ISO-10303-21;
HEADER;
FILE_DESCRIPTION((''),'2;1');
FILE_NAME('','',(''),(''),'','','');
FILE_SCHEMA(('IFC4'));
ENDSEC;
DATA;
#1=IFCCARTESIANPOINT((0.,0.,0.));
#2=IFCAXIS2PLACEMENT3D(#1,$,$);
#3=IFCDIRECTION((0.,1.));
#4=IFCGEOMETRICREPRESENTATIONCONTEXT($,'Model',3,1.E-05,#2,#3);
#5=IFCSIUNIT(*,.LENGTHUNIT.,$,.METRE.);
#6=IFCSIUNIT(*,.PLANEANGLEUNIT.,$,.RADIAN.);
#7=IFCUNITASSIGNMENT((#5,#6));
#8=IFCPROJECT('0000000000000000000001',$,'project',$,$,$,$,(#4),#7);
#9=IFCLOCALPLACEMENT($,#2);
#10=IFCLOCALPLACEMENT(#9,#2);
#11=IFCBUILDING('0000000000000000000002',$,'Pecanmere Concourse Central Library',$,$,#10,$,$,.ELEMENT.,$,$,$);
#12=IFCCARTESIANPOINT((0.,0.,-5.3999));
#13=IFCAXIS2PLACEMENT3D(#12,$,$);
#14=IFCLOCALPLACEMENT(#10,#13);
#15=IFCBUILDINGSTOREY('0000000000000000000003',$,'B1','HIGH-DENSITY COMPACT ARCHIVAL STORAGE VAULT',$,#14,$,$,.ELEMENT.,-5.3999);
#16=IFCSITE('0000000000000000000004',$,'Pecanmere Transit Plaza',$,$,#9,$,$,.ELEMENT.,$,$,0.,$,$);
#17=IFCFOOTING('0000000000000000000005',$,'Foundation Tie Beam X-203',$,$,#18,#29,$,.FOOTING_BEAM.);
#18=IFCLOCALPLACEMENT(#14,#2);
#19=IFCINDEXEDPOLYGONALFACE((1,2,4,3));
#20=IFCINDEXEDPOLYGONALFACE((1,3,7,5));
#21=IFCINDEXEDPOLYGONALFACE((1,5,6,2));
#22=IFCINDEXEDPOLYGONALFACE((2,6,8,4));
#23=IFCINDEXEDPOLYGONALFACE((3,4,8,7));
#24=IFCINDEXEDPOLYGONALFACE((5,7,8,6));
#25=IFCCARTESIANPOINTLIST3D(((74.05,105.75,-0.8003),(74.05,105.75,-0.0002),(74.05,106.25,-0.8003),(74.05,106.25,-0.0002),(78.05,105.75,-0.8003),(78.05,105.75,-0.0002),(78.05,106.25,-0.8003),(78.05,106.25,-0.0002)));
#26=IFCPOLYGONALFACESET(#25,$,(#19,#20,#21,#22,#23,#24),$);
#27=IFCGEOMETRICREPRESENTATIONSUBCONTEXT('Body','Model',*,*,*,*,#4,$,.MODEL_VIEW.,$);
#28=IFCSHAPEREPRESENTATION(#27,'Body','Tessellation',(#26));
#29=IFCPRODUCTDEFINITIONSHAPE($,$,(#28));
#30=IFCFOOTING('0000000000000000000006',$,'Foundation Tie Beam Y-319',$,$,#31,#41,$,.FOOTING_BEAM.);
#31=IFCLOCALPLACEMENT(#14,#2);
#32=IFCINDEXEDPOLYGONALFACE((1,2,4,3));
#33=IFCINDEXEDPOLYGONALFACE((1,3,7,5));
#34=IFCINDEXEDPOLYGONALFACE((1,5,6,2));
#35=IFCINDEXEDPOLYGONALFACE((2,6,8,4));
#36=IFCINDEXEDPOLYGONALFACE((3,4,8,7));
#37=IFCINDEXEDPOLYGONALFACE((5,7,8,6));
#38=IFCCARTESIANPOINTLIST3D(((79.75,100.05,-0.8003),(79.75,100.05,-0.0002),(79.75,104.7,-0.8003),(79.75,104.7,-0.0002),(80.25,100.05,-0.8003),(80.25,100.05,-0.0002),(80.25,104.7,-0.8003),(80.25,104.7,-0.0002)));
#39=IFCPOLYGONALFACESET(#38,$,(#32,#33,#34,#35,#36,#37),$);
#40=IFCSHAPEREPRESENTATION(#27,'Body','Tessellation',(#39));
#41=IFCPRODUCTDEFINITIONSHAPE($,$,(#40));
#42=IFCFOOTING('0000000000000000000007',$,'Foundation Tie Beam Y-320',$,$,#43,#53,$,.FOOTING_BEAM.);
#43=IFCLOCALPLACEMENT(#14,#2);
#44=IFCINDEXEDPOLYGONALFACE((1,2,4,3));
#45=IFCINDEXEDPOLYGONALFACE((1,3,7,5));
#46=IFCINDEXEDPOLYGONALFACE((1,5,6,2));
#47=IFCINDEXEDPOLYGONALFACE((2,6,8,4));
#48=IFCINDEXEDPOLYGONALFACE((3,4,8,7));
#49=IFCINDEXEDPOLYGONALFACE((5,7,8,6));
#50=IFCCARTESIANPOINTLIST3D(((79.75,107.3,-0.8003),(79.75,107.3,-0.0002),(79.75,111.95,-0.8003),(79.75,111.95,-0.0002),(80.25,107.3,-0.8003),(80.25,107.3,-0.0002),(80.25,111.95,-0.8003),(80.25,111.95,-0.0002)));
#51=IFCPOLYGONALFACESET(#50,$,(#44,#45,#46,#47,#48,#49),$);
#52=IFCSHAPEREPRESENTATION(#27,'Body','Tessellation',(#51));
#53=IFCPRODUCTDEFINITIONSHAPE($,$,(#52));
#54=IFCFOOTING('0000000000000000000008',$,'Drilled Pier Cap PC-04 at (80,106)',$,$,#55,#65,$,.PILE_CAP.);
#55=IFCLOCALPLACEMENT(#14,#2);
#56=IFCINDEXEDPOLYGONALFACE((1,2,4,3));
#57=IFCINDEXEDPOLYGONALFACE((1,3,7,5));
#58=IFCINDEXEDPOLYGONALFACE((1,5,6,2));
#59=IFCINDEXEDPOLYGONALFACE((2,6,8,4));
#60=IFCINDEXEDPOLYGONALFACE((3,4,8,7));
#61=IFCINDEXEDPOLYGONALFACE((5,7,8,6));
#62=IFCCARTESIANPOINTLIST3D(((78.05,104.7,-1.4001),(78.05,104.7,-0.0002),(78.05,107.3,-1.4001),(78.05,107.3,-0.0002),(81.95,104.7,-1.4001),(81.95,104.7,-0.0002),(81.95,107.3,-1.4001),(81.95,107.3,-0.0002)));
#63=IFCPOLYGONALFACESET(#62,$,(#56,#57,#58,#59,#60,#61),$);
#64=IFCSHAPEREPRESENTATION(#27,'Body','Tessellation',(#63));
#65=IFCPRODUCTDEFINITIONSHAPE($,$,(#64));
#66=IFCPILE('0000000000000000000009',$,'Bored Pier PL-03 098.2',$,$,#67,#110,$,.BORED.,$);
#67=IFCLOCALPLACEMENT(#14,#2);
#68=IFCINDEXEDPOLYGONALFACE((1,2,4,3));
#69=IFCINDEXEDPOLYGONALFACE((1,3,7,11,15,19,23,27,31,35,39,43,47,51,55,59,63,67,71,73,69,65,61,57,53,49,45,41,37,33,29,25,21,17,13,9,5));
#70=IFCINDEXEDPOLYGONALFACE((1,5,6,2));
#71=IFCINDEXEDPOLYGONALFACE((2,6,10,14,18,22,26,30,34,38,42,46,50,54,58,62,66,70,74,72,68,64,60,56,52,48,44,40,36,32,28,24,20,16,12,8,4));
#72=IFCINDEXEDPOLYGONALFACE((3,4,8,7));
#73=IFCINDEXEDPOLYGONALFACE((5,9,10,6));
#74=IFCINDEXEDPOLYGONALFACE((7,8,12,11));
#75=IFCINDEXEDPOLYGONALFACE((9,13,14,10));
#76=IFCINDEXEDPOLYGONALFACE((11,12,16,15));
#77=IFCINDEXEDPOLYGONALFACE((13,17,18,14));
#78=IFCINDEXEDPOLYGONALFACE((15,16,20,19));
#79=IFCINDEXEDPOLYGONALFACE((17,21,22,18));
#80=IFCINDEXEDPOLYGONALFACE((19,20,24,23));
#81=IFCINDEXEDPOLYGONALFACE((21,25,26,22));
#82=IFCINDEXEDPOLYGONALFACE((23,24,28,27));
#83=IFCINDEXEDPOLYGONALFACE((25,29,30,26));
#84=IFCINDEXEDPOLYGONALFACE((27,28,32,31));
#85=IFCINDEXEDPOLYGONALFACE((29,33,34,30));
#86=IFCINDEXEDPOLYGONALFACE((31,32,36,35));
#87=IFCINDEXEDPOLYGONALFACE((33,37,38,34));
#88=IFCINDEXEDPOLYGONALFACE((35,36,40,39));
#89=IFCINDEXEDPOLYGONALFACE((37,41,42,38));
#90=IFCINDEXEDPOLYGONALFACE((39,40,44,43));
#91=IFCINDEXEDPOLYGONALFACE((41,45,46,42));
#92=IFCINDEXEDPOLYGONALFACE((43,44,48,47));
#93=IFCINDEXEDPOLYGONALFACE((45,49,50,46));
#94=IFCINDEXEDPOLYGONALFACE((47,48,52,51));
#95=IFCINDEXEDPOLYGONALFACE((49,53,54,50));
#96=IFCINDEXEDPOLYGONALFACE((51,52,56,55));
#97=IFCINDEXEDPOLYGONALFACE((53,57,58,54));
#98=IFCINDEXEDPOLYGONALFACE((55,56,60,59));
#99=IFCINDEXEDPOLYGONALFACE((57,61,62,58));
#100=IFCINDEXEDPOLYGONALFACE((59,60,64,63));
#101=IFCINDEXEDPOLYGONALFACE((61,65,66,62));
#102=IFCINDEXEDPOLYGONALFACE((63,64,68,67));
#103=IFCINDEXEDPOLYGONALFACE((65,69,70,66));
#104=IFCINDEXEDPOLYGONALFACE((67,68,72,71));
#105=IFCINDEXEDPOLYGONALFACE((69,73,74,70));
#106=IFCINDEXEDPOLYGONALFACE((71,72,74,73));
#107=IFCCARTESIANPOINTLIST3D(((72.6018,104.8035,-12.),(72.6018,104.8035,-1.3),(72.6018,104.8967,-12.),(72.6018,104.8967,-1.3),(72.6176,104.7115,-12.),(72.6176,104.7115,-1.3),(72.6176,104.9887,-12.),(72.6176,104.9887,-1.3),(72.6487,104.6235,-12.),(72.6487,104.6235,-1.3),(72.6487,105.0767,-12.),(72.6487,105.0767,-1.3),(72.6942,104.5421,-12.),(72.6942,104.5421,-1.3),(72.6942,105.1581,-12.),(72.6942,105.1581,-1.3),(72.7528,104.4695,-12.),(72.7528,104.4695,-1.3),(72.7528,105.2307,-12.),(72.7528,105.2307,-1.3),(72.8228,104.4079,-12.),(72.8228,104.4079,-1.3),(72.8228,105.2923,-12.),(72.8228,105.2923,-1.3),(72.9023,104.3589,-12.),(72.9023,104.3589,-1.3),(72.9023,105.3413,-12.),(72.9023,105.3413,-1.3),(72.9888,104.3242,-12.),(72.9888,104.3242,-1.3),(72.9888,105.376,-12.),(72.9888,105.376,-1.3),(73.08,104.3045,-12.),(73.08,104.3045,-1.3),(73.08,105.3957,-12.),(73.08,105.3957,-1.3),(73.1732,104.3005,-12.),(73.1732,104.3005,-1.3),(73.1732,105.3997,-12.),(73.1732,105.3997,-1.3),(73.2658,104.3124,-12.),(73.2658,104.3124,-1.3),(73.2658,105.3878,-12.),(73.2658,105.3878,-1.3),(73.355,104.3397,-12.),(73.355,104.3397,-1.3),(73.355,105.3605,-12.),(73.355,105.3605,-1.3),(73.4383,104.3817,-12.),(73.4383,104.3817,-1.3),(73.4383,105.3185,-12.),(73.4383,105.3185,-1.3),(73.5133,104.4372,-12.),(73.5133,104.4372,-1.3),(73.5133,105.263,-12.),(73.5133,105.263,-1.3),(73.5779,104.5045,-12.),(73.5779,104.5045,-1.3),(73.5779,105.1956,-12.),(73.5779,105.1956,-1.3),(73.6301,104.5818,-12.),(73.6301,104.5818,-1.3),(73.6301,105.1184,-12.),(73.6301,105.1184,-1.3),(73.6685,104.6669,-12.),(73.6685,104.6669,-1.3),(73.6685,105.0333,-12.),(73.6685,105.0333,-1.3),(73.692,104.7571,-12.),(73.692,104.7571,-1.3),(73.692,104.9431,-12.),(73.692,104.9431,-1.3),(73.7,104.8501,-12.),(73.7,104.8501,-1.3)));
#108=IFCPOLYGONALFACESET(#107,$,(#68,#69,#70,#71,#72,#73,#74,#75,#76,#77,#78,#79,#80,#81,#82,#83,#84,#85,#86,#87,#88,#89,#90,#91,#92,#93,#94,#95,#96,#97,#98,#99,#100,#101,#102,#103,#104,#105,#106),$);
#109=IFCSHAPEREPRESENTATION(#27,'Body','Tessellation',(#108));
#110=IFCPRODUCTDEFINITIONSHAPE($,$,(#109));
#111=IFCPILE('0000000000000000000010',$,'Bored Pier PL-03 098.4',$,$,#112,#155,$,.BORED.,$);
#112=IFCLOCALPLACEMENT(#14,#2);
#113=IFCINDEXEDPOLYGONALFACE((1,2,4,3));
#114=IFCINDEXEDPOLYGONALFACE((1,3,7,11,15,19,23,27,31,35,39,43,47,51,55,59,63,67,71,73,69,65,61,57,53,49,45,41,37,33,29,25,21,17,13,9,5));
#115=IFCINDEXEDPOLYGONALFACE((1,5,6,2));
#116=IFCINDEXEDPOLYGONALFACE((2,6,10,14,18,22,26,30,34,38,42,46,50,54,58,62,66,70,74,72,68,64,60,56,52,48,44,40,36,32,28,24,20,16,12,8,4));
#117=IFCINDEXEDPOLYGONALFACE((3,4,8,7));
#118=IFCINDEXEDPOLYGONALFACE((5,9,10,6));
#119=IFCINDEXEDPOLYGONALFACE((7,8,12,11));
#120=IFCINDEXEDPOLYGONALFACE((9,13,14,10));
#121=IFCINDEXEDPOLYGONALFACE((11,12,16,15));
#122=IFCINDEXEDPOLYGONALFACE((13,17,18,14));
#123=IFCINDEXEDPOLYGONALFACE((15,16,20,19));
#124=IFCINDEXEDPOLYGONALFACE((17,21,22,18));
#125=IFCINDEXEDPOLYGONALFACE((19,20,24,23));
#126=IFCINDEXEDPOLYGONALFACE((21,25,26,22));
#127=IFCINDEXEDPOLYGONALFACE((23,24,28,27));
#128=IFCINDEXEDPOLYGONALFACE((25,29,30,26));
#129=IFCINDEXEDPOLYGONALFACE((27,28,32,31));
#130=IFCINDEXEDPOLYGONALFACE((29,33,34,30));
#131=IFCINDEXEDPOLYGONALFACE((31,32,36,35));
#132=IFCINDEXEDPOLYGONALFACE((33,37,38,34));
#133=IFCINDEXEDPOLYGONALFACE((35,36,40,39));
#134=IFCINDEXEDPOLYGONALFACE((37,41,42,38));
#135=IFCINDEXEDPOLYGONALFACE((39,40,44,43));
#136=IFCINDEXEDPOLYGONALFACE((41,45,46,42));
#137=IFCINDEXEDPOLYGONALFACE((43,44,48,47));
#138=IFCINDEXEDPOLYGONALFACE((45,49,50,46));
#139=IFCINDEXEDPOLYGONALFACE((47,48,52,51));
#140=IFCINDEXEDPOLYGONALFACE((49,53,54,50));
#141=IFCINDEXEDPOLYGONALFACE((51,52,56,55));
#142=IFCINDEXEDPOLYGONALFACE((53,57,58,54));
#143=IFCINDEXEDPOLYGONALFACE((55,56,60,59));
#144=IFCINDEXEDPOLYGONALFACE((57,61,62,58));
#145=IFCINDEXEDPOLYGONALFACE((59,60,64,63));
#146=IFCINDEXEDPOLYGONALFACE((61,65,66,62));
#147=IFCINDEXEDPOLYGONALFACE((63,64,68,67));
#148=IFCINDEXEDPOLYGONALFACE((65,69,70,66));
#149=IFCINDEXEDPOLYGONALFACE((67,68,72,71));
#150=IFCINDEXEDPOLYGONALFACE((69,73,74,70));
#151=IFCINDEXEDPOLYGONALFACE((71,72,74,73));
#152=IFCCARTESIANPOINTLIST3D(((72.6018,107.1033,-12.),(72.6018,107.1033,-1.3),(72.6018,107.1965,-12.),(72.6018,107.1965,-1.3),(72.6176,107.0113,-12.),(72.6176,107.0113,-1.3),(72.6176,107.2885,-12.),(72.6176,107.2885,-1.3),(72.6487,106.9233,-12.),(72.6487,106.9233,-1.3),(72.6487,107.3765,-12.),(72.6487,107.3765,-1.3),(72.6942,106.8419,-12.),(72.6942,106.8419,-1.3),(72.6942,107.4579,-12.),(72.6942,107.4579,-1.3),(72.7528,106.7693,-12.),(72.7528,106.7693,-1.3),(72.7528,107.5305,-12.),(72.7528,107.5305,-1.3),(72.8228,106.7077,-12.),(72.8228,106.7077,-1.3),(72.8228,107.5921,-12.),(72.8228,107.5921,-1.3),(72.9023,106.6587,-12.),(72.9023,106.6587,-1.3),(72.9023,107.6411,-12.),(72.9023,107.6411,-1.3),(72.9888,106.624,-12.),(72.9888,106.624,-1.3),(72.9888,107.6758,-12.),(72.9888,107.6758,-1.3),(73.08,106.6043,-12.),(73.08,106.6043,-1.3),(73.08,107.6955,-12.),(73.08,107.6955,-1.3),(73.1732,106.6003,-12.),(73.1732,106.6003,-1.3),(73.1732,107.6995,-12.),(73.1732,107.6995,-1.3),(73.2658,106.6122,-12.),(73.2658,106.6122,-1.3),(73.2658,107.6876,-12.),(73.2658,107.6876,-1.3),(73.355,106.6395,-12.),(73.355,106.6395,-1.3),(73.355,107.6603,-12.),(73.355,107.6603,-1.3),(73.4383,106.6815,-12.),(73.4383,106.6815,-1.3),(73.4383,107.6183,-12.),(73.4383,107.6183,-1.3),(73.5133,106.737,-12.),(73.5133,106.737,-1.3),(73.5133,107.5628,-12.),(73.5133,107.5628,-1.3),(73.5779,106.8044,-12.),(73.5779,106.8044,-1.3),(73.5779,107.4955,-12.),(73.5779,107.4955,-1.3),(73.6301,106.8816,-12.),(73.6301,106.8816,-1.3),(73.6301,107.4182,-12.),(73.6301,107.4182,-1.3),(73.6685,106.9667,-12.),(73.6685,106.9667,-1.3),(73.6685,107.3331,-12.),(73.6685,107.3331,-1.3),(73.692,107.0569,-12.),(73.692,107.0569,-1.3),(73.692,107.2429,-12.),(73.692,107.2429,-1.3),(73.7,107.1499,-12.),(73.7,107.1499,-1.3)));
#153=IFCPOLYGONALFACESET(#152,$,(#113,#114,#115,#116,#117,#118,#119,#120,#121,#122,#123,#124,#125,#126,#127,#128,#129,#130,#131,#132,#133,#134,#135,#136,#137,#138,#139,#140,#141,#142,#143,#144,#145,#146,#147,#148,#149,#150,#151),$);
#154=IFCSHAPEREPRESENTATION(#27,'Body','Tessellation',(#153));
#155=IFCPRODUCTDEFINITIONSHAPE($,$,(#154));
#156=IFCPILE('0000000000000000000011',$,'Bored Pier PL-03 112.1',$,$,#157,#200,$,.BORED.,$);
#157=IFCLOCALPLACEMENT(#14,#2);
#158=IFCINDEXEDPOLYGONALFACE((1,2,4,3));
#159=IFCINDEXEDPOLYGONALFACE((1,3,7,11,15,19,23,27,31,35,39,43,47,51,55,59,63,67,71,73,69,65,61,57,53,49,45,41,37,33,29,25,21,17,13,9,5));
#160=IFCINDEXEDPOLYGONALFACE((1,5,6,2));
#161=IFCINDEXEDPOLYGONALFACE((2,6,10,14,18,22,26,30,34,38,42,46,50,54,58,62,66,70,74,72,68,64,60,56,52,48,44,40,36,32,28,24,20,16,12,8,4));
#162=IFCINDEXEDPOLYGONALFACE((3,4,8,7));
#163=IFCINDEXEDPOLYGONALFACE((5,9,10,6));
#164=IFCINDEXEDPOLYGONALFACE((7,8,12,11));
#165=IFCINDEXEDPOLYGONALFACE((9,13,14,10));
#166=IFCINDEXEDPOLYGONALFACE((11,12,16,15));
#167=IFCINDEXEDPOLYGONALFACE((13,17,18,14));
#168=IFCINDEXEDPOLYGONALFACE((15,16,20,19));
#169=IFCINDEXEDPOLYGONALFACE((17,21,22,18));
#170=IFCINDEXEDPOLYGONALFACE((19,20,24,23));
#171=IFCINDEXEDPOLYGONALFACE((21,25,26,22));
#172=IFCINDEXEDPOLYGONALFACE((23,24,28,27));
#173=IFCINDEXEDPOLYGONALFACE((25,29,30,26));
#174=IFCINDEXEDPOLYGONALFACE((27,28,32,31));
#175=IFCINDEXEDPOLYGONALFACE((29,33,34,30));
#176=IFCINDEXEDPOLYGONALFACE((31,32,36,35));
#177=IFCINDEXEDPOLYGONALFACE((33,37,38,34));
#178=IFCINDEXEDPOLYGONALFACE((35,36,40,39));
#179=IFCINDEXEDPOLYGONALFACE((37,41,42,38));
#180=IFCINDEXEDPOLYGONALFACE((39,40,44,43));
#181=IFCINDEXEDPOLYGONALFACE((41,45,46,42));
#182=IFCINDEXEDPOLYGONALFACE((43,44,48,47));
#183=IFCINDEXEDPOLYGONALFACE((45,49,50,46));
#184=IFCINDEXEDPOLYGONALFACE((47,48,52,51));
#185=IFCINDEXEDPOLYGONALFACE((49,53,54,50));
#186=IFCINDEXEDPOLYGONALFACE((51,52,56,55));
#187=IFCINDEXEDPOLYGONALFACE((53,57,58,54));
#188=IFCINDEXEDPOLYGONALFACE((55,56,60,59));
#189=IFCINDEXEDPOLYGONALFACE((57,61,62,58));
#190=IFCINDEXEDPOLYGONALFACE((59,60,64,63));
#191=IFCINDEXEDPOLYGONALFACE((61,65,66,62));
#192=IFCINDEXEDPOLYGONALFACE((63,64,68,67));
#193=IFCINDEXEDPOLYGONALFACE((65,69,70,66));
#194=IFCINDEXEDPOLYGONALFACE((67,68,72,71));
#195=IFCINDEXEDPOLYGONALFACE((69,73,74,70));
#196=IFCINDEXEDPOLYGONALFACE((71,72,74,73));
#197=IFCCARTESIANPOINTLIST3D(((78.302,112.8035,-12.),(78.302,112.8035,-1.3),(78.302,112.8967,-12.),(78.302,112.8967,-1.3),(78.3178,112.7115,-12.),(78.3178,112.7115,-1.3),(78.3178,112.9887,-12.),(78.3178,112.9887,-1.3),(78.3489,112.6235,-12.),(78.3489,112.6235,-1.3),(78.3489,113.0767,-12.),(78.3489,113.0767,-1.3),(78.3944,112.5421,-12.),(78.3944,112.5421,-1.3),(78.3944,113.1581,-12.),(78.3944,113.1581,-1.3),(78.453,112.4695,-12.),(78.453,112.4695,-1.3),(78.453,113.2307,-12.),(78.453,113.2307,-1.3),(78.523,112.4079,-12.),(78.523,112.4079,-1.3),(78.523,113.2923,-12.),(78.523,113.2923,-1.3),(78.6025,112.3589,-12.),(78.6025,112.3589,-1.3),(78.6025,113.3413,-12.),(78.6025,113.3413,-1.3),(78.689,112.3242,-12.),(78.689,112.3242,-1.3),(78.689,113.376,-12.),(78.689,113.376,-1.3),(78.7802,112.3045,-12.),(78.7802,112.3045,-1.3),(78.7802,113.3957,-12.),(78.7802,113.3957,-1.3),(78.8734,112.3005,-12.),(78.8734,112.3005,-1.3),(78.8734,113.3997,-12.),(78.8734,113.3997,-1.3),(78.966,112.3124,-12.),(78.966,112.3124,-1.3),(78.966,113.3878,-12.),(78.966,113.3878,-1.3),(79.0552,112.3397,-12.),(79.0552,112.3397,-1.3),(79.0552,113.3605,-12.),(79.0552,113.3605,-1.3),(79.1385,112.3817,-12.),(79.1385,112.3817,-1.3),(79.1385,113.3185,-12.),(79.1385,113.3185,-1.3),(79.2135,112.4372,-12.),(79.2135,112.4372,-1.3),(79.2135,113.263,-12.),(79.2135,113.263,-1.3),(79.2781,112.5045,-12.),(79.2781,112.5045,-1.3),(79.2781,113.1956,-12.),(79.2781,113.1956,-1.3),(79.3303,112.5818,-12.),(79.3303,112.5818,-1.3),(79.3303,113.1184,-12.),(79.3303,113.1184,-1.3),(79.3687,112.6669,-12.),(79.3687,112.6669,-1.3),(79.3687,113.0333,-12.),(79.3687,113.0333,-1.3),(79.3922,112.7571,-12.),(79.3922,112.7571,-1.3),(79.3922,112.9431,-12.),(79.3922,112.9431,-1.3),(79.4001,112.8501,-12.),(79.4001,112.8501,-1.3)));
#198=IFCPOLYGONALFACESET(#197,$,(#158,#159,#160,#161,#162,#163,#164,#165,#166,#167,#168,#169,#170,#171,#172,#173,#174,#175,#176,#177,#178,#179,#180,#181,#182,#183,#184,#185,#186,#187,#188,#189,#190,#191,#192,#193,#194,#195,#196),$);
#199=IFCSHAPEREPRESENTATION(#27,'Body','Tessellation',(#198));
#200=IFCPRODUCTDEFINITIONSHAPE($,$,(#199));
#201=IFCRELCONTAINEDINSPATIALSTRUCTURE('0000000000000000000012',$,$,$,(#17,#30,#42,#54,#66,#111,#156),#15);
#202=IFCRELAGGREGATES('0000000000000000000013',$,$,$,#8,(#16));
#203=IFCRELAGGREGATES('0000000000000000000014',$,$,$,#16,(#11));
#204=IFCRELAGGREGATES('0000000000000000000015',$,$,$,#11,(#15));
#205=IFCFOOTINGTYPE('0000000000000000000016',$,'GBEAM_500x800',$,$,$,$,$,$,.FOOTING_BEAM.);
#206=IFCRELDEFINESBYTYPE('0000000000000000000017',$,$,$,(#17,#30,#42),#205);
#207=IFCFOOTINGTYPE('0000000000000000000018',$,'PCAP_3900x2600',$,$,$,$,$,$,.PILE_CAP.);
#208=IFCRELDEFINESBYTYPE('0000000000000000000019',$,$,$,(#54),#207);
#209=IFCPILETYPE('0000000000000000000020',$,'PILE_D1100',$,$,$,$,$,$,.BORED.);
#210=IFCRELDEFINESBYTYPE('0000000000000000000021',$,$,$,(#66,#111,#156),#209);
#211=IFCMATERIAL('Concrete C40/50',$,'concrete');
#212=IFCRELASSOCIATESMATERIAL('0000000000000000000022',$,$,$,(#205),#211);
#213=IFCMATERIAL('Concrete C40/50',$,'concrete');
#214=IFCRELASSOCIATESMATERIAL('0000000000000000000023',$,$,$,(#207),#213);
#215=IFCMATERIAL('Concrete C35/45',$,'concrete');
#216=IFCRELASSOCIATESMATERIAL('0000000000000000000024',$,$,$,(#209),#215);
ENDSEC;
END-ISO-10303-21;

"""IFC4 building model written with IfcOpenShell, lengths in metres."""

from ifc_helpers import new_model, si_unit, direction, frame, origin, origin_2d, place, context, subcontext, project, spatial, rectangle, circle, extrude, material, material_profile, profile_set, type_object, element, save


model = new_model("IFC4")

# Units and contexts
model_context = context("Model", 3, precision=1e-05, world=origin(), true_north=direction((0.0, 1.0)))
body_context = subcontext(model_context, "Body", "Model", "MODEL_VIEW")
ifc_project = project(units=[si_unit("LENGTHUNIT", "METRE"), si_unit("PLANEANGLEUNIT", "RADIAN")], contexts=[model_context])

# Site, building, storey
site_placement = place(None, origin())
site = spatial("IfcSite", under=ifc_project, at=site_placement, Name="Pecanmere Transit Plaza", CompositionType="ELEMENT", RefElevation=0.0)
building_placement = place(site_placement, origin())
building = spatial("IfcBuilding", under=site, at=building_placement, Name="Pecanmere Concourse Central Library", CompositionType="ELEMENT")
storey_placement = place(building_placement, frame((0.0, 0.0, -5.3999)))
storey = spatial("IfcBuildingStorey", under=building, at=storey_placement, Name="B1", Description="HIGH-DENSITY COMPACT ARCHIVAL STORAGE VAULT", CompositionType="ELEMENT", Elevation=-5.3999)

# Footings
ifc_material_1 = material(Name="Concrete C40/50", Category="concrete")
ifc_material_profile_1 = material_profile(ifc_material_1, rectangle(XDim=0.5, YDim=0.8, at=origin_2d()), Name="RC 500x800")
ifc_profile_set_1 = profile_set([ifc_material_profile_1], Name="Concrete C40/50")
footing_type_1 = type_object("IfcFootingType", Name="GBEAM_500x800", PredefinedType="FOOTING_BEAM", material=ifc_profile_set_1)
footing_1_placement = place(storey_placement, frame((76.05, 106.0, -0.8003), z_axis=(0.0, 0.0, 1.0), x_axis=(1.0, 0.0, 0.0)))
element("IfcFooting", 1, at=footing_1_placement, inside=storey, type_object=footing_type_1, Name="Foundation Tie Beam X-203", PredefinedType="FOOTING_BEAM", context=body_context, shape_type="SweptSolid", body=[
    extrude(rectangle(XDim=4.0, YDim=0.5, at=origin_2d()), origin(), (0.0, 0.0, 1.0), 0.8),
])
for number, where, z_axis, x_axis, name in (
    (2, (80.0, 102.375, -0.8003), (0.0, 0.0, 1.0), (0.0, 1.0, 0.0), "Foundation Tie Beam Y-319"),
    (3, (80.0, 109.625, -0.8003), (0.0, 0.0, 1.0), (0.0, 1.0, 0.0), "Foundation Tie Beam Y-320"),
):
    element("IfcFooting", number, at=place(storey_placement, frame(where, z_axis=z_axis, x_axis=x_axis)), inside=storey, type_object=footing_type_1, Name=name, PredefinedType="FOOTING_BEAM", context=body_context, shape_type="SweptSolid", body=[
        extrude(rectangle(XDim=4.6499, YDim=0.5, at=origin_2d()), origin(), (0.0, 0.0, 1.0), 0.8),
    ])
ifc_material_2 = material(Name="Concrete C40/50", Category="concrete")
footing_type_2 = type_object("IfcFootingType", Name="PCAP_3900x2600", PredefinedType="PILE_CAP", material=ifc_material_2)
footing_2_placement = place(storey_placement, frame((80.0, 106.0, -1.4001), z_axis=(0.0, 0.0, 1.0), x_axis=(1.0, 0.0, 0.0)))
element("IfcFooting", 4, at=footing_2_placement, inside=storey, type_object=footing_type_2, Name="Drilled Pier Cap PC-04 at (80,106)", PredefinedType="PILE_CAP", context=body_context, shape_type="SweptSolid", body=[
    extrude(rectangle(XDim=3.8999, YDim=2.6001, at=origin_2d()), origin(), (0.0, 0.0, 1.0), 1.3999),
])

# Piles
ifc_material_3 = material(Name="Concrete C35/45", Category="concrete")
ifc_material_profile_2 = material_profile(ifc_material_3, circle(Radius=0.55, at=origin_2d()), Name="PIER D1100")
ifc_profile_set_2 = profile_set([ifc_material_profile_2], Name="Concrete C35/45")
pile_type_1 = type_object("IfcPileType", Name="PILE_D1100", PredefinedType="BORED", material=ifc_profile_set_2)
for number, where, z_axis, x_axis, name in (
    (5, (73.1499, 104.8501, -1.3), (0.0, 0.0, -1.0), (1.0, 0.0, 0.0), "Bored Pier PL-03 098.2"),
    (6, (73.1499, 107.1499, -1.3), (0.0, 0.0, -1.0), (1.0, 0.0, 0.0), "Bored Pier PL-03 098.4"),
    (7, (78.8501, 112.8501, -1.3), (0.0, 0.0, -1.0), (1.0, 0.0, 0.0), "Bored Pier PL-03 112.1"),
):
    element("IfcPile", number, at=place(storey_placement, frame(where, z_axis=z_axis, x_axis=x_axis)), inside=storey, type_object=pile_type_1, Name=name, PredefinedType="BORED", context=body_context, shape_type="SweptSolid", body=[
        extrude(circle(Radius=0.55, at=origin_2d()), origin(), (0.0, 0.0, 1.0), 10.7),
    ])

save(model, "model.ifc")
